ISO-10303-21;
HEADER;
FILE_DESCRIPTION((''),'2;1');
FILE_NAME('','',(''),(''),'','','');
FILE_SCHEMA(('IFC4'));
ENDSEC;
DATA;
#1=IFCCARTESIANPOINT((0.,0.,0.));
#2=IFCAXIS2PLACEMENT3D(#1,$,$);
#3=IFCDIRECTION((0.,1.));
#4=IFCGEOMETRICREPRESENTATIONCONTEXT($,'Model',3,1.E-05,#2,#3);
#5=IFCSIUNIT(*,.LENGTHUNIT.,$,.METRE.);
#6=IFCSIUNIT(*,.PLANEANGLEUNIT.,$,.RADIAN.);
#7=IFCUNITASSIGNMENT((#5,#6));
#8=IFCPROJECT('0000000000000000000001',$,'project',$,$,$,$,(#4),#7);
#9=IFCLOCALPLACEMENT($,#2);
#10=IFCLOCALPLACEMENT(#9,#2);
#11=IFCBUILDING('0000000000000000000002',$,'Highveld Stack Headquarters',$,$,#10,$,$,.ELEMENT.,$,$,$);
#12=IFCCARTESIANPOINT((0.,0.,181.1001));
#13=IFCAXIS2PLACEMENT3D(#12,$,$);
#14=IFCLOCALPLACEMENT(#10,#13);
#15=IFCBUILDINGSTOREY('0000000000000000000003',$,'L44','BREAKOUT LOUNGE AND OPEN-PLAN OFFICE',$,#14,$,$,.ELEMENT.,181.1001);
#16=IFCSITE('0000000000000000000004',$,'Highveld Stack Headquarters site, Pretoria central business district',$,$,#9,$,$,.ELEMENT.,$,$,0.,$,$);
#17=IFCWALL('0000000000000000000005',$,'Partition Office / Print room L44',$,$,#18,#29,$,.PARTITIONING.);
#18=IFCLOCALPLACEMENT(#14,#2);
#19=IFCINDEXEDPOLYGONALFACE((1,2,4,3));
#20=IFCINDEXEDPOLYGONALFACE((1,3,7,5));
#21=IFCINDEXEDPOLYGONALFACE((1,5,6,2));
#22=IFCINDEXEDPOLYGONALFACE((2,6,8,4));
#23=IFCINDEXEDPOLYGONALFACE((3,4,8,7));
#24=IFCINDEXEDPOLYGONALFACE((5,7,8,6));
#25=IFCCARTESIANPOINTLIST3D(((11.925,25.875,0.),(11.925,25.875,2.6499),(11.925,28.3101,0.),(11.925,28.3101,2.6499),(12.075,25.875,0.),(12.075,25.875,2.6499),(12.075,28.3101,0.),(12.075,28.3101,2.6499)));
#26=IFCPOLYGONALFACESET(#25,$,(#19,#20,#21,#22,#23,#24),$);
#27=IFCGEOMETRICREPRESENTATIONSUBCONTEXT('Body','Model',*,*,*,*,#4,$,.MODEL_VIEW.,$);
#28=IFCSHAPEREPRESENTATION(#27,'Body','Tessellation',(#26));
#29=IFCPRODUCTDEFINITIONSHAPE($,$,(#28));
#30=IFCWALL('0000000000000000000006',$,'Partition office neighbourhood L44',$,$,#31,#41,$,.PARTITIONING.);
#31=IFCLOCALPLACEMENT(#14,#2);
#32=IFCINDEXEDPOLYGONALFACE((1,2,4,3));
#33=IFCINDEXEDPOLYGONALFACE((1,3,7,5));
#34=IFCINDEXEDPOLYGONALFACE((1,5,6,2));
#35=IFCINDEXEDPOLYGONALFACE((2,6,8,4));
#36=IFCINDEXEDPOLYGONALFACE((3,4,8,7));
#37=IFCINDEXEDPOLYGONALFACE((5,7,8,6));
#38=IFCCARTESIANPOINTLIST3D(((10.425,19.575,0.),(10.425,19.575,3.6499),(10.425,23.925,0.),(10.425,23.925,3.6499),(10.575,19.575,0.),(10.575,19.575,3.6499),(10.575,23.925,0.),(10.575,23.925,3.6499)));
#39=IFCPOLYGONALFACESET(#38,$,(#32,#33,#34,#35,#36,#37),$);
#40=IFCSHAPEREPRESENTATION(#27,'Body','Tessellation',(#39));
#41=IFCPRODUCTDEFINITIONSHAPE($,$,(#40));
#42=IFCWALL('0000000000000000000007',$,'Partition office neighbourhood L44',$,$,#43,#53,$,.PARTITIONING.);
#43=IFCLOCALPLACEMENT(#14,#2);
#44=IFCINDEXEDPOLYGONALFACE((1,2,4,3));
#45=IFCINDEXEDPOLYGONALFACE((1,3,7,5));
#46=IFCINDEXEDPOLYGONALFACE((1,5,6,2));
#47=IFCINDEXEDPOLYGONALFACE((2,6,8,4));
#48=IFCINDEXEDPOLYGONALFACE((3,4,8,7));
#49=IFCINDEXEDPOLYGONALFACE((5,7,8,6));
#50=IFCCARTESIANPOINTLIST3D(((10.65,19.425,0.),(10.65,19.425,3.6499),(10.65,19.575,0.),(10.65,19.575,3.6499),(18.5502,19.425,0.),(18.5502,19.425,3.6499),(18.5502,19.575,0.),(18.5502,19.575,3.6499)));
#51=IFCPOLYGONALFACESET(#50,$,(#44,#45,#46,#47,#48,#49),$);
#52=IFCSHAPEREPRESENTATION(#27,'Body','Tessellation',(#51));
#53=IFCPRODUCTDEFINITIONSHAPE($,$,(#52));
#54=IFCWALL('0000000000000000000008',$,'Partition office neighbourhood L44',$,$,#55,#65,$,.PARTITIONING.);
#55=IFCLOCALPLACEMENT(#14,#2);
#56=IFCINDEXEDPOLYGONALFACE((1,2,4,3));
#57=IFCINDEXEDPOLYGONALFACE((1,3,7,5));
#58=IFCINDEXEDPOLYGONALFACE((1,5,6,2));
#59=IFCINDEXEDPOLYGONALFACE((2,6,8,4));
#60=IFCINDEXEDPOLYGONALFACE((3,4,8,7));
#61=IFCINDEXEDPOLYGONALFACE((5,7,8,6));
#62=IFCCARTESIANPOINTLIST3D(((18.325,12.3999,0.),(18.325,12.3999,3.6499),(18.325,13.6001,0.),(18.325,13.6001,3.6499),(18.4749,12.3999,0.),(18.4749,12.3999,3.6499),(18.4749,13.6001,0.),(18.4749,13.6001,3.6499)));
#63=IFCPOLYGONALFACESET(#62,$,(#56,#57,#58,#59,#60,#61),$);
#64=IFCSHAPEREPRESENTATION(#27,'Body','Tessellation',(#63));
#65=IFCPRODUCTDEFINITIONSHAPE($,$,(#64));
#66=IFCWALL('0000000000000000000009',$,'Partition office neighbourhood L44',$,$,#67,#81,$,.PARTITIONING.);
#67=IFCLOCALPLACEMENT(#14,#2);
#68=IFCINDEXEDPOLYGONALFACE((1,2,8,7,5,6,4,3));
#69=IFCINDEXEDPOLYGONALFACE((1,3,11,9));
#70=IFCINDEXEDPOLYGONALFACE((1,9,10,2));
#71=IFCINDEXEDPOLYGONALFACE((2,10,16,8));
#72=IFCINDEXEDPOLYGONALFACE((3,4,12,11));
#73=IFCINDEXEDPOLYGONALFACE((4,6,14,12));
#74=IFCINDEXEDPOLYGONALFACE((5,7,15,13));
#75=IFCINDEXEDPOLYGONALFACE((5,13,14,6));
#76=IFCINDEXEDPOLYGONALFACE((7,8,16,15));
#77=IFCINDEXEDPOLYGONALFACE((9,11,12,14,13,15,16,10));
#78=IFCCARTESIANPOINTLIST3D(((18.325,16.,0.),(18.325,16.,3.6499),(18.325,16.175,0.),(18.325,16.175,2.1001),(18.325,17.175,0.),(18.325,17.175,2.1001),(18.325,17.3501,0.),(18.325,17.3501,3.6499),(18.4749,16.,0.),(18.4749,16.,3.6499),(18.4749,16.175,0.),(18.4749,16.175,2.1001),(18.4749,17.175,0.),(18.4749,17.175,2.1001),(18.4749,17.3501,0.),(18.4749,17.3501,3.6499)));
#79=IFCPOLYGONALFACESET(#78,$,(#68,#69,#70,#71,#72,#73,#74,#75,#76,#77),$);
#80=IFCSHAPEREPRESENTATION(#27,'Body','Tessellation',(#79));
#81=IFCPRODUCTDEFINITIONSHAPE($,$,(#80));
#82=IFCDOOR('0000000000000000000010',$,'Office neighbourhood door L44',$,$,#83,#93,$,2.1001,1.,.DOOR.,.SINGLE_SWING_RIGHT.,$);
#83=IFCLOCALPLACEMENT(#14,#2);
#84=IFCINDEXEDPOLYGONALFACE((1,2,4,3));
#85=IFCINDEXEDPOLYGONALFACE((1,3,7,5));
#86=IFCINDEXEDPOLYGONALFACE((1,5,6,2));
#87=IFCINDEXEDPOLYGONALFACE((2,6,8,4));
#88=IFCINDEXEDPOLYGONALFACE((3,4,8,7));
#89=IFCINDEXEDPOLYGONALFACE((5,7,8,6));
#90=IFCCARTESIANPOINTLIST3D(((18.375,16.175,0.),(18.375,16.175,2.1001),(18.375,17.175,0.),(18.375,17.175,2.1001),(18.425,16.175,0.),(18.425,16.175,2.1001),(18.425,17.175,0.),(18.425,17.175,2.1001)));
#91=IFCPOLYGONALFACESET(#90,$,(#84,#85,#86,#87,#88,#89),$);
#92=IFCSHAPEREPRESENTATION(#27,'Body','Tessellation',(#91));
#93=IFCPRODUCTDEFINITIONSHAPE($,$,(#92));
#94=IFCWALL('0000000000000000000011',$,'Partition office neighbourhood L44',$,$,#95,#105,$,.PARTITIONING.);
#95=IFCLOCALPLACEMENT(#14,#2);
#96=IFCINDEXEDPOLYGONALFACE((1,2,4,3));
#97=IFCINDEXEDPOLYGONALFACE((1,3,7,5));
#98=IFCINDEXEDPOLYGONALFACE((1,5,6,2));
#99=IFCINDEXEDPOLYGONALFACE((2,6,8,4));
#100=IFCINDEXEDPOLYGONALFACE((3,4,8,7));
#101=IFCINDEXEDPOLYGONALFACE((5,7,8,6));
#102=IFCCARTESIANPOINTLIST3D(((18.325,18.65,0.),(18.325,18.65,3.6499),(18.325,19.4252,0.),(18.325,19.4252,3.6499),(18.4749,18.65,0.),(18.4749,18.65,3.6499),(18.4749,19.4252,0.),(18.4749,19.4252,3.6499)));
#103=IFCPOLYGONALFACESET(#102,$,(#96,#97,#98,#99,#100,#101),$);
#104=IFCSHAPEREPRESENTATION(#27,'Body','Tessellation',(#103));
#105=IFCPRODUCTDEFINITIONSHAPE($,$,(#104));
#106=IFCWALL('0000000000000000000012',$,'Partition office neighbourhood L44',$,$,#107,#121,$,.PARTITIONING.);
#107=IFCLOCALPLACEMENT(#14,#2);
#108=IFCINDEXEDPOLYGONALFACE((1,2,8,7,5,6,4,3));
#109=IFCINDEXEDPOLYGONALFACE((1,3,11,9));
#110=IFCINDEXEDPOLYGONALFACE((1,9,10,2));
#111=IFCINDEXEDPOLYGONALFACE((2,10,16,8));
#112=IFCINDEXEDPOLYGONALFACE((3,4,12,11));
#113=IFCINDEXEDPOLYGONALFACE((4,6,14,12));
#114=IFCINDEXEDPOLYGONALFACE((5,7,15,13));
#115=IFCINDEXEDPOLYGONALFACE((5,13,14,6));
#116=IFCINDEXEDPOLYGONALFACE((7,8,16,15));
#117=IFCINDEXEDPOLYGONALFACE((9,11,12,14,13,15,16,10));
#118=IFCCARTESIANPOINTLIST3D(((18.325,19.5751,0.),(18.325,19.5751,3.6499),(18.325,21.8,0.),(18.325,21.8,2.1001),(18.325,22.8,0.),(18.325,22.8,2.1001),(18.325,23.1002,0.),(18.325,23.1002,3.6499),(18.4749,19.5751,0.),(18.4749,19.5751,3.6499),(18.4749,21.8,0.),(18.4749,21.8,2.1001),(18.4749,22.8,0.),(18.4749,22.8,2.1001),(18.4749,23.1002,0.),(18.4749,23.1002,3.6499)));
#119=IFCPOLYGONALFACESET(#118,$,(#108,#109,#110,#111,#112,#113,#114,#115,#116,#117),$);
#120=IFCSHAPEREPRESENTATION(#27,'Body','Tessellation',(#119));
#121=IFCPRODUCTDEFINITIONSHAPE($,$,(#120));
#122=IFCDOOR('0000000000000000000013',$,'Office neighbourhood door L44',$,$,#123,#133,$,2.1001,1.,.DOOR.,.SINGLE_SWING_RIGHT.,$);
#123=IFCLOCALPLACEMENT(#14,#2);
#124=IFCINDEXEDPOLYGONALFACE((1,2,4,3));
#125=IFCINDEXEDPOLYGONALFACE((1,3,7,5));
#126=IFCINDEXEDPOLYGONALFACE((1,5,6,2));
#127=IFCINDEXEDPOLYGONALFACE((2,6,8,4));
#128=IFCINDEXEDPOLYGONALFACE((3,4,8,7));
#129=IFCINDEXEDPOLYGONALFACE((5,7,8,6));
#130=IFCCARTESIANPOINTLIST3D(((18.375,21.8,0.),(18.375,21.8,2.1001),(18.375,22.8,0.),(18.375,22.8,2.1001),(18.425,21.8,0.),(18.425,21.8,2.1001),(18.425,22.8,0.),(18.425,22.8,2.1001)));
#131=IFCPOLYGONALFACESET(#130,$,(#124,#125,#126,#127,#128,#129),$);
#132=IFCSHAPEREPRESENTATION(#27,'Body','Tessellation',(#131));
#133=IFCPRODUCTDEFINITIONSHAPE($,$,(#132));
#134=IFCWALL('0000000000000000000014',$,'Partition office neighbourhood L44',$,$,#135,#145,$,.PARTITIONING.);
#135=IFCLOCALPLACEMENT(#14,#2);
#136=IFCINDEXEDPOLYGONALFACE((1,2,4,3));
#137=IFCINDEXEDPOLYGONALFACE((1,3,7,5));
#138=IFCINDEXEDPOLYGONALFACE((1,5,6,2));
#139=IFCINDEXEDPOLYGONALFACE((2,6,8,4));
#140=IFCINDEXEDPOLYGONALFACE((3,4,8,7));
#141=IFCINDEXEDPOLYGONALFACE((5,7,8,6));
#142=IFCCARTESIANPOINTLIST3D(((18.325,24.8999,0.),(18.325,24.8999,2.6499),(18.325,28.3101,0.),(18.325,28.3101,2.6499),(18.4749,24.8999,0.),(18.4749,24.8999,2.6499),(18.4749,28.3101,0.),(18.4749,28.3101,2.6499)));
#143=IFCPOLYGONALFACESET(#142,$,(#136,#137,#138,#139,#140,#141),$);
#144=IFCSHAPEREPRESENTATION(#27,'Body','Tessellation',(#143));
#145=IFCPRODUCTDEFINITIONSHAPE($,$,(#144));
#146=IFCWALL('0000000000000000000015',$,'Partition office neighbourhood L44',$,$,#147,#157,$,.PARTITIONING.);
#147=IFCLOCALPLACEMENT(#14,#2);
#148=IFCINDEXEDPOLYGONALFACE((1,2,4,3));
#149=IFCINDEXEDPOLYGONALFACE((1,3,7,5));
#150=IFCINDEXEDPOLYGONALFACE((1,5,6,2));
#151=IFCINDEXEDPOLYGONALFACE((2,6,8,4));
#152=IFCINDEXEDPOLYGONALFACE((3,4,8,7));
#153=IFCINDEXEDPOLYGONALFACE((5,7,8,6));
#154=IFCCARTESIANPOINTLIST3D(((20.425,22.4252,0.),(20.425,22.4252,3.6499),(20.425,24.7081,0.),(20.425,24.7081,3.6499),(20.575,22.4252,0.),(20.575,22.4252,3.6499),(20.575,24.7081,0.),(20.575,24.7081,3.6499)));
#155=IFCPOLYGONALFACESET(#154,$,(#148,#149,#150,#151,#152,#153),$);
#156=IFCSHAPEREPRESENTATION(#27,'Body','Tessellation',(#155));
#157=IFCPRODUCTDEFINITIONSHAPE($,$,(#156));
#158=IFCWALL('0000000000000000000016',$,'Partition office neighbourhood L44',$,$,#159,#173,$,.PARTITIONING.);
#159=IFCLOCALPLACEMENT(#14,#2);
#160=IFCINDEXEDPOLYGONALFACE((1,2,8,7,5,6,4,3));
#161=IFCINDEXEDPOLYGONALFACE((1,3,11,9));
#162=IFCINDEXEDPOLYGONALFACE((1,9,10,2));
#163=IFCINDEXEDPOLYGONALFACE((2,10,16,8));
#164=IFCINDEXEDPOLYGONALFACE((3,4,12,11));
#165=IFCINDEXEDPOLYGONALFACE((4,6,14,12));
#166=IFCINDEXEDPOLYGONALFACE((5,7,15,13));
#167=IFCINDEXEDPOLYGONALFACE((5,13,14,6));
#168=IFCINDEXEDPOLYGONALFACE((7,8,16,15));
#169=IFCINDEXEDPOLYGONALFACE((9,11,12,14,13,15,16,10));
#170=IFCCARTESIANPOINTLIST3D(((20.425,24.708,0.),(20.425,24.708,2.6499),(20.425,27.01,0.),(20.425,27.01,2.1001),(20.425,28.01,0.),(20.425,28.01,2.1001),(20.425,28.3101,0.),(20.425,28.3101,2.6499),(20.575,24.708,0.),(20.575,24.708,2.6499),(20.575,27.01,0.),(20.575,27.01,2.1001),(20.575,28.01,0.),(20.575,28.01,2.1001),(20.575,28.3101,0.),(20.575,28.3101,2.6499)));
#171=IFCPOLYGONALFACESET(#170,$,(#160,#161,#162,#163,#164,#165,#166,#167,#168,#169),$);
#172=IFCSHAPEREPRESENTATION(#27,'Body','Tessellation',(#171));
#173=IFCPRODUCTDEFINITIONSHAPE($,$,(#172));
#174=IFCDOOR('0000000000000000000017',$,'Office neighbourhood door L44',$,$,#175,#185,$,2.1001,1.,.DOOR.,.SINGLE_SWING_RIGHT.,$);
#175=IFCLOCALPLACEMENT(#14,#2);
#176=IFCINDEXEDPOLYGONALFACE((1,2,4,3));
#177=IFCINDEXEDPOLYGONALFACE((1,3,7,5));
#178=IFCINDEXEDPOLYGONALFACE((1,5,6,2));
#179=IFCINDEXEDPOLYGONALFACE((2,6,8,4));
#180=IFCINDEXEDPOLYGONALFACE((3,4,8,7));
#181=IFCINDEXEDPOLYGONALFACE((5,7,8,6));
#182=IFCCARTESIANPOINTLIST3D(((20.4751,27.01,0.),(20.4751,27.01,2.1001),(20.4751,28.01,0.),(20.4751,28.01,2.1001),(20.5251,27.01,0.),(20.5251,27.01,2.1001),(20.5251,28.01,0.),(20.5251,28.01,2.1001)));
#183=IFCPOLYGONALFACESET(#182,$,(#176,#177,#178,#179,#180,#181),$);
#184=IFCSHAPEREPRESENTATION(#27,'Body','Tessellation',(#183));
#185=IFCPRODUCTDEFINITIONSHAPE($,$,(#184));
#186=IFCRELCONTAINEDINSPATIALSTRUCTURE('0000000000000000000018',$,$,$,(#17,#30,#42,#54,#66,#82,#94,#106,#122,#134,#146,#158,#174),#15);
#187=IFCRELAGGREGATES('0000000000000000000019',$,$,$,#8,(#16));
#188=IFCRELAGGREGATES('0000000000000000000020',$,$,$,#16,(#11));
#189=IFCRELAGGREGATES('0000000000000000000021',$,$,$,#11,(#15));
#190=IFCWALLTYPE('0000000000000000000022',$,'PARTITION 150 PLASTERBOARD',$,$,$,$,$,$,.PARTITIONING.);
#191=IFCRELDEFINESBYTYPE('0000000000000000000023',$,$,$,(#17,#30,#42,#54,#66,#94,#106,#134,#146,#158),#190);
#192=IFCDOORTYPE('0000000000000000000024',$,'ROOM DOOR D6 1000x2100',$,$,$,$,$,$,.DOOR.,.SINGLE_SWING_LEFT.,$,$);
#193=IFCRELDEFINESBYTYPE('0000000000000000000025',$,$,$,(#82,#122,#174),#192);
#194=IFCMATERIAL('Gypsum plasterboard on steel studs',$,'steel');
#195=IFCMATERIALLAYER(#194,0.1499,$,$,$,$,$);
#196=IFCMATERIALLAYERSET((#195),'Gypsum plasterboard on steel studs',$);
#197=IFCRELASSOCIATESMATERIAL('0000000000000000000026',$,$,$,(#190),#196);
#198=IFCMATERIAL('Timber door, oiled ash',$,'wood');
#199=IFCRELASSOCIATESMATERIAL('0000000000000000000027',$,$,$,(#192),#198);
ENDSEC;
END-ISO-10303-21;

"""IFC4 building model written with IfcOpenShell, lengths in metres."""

from ifc_helpers import new_model, si_unit, direction, frame, frame_2d, origin, place, context, subcontext, project, spatial, rectangle, extrude, material, layer, layer_set, type_object, element, fill, save


model = new_model("IFC4")

# Units and contexts
model_context = context("Model", 3, precision=1e-05, world=origin(), true_north=direction((0.0, 1.0)))
body_context = subcontext(model_context, "Body", "Model", "MODEL_VIEW")
ifc_project = project(units=[si_unit("LENGTHUNIT", "METRE"), si_unit("PLANEANGLEUNIT", "RADIAN")], contexts=[model_context])

# Site, building, storey
site_placement = place(None, origin())
site = spatial("IfcSite", under=ifc_project, at=site_placement, Name="Highveld Stack Headquarters site, Pretoria central business district", CompositionType="ELEMENT", RefElevation=0.0)
building_placement = place(site_placement, origin())
building = spatial("IfcBuilding", under=site, at=building_placement, Name="Highveld Stack Headquarters", CompositionType="ELEMENT")
storey_placement = place(building_placement, frame((0.0, 0.0, 181.1001)))
storey = spatial("IfcBuildingStorey", under=building, at=storey_placement, Name="L44", Description="BREAKOUT LOUNGE AND OPEN-PLAN OFFICE", CompositionType="ELEMENT", Elevation=181.1001)

# Shared definitions
ifc_material_1 = material(Name="Gypsum plasterboard on steel studs", Category="steel")
ifc_layer_1 = layer(ifc_material_1, 0.1499)
ifc_layer_set_1 = layer_set([ifc_layer_1], Name="Gypsum plasterboard on steel studs")
wall_type_1 = type_object("IfcWallType", Name="PARTITION 150 PLASTERBOARD", PredefinedType="PARTITIONING", material=ifc_layer_set_1)

# Shared definitions
ifc_material_2 = material(Name="Timber door, oiled ash", Category="wood")
door_type = type_object("IfcDoorType", Name="ROOM DOOR D6 1000x2100", OperationType="SINGLE_SWING_LEFT", PredefinedType="DOOR", material=ifc_material_2)

# Walls
wall_1_placement = place(storey_placement, frame((12.0, 25.875, 0.0), z_axis=(0.0, 0.0, 1.0), x_axis=(0.0, 1.0, 0.0)))
element("IfcWall", 1, at=wall_1_placement, inside=storey, type_object=wall_type_1, Name="Partition Office / Print room L44", PredefinedType="PARTITIONING", context=body_context, shape_type="SweptSolid", body=[
    extrude(rectangle(XDim=2.4351, YDim=0.1499, at=frame_2d((1.2175, 0.0))), origin(), (0.0, 0.0, 1.0), 2.6499),
])
wall_2_placement = place(storey_placement, frame((10.5, 19.575, 0.0), z_axis=(0.0, 0.0, 1.0), x_axis=(0.0, 1.0, 0.0)))
element("IfcWall", 2, at=wall_2_placement, inside=storey, type_object=wall_type_1, Name="Partition office neighbourhood L44", PredefinedType="PARTITIONING", context=body_context, shape_type="SweptSolid", body=[
    extrude(rectangle(XDim=4.3501, YDim=0.1499, at=frame_2d((2.175, 0.0))), origin(), (0.0, 0.0, 1.0), 3.6499),
])
wall_3_placement = place(storey_placement, frame((10.6499, 19.5, 0.0), z_axis=(0.0, 0.0, 1.0), x_axis=(1.0, 0.0, 0.0)))
element("IfcWall", 3, at=wall_3_placement, inside=storey, type_object=wall_type_1, Name="Partition office neighbourhood L44", PredefinedType="PARTITIONING", context=body_context, shape_type="SweptSolid", body=[
    extrude(rectangle(XDim=7.9001, YDim=0.1499, at=frame_2d((3.9502, 0.0))), origin(), (0.0, 0.0, 1.0), 3.6499),
])
wall_4_placement = place(storey_placement, frame((18.3999, 12.3999, 0.0), z_axis=(0.0, 0.0, 1.0), x_axis=(0.0, 1.0, 0.0)))
element("IfcWall", 4, at=wall_4_placement, inside=storey, type_object=wall_type_1, Name="Partition office neighbourhood L44", PredefinedType="PARTITIONING", context=body_context, shape_type="SweptSolid", body=[
    extrude(rectangle(XDim=1.2002, YDim=0.1499, at=frame_2d((0.6001, 0.0))), origin(), (0.0, 0.0, 1.0), 3.6499),
])

# Wall, opening, door
wall_5_placement = place(storey_placement, frame((18.3999, 16.0, 0.0), z_axis=(0.0, 0.0, 1.0), x_axis=(0.0, 1.0, 0.0)))
wall_5 = element("IfcWall", 5, at=wall_5_placement, inside=storey, type_object=wall_type_1, Name="Partition office neighbourhood L44", PredefinedType="PARTITIONING", context=body_context, shape_type="SweptSolid", body=[
    extrude(rectangle(XDim=1.3501, YDim=0.1499, at=frame_2d((0.675, 0.0))), origin(), (0.0, 0.0, 1.0), 3.6499),
])
opening_1_placement = place(wall_5_placement, frame((0.175, 0.0, 0.0)))
opening_1 = element("IfcOpeningElement", 6, at=opening_1_placement, cuts=wall_5, PredefinedType="OPENING", context=body_context, shape_type="SweptSolid", body=[
    extrude(rectangle(XDim=1.0, YDim=2.1001, at=frame_2d((0.5, 1.05))), frame((0.0, 0.085, 0.0), z_axis=(0.0, -1.0, 0.0), x_axis=(1.0, 0.0, 0.0)), (0.0, 0.0, 1.0), 0.1699),
])
door_1_placement = place(opening_1_placement, origin())
door_1 = element("IfcDoor", 7, at=door_1_placement, inside=storey, type_object=door_type, Name="Office neighbourhood door L44", OperationType="SINGLE_SWING_RIGHT", OverallHeight=2.1001, OverallWidth=1.0, PredefinedType="DOOR", context=body_context, shape_type="SweptSolid", body=[
    extrude(rectangle(XDim=1.0, YDim=2.1001, at=frame_2d((0.5, 1.05))), frame((0.0, 0.0249, 0.0), z_axis=(0.0, -1.0, 0.0), x_axis=(1.0, 0.0, 0.0)), (0.0, 0.0, 1.0), 0.05),
])
fill(opening_1, door_1)

# Wall
wall_6_placement = place(storey_placement, frame((18.3999, 18.6499, 0.0), z_axis=(0.0, 0.0, 1.0), x_axis=(0.0, 1.0, 0.0)))
element("IfcWall", 8, at=wall_6_placement, inside=storey, type_object=wall_type_1, Name="Partition office neighbourhood L44", PredefinedType="PARTITIONING", context=body_context, shape_type="SweptSolid", body=[
    extrude(rectangle(XDim=0.7751, YDim=0.1499, at=frame_2d((0.3877, 0.0))), origin(), (0.0, 0.0, 1.0), 3.6499),
])

# Wall, opening, door
wall_7_placement = place(storey_placement, frame((18.3999, 19.575, 0.0), z_axis=(0.0, 0.0, 1.0), x_axis=(0.0, 1.0, 0.0)))
wall_7 = element("IfcWall", 9, at=wall_7_placement, inside=storey, type_object=wall_type_1, Name="Partition office neighbourhood L44", PredefinedType="PARTITIONING", context=body_context, shape_type="SweptSolid", body=[
    extrude(rectangle(XDim=3.5251, YDim=0.1499, at=frame_2d((1.7627, 0.0))), origin(), (0.0, 0.0, 1.0), 3.6499),
])
opening_2_placement = place(wall_7_placement, frame((2.2251, 0.0, 0.0)))
opening_2 = element("IfcOpeningElement", 10, at=opening_2_placement, cuts=wall_7, PredefinedType="OPENING", context=body_context, shape_type="SweptSolid", body=[
    extrude(rectangle(XDim=1.0, YDim=2.1001, at=frame_2d((0.5, 1.05))), frame((0.0, 0.085, 0.0), z_axis=(0.0, -1.0, 0.0), x_axis=(1.0, 0.0, 0.0)), (0.0, 0.0, 1.0), 0.1699),
])
door_2_placement = place(opening_2_placement, origin())
door_2 = element("IfcDoor", 11, at=door_2_placement, inside=storey, type_object=door_type, Name="Office neighbourhood door L44", OperationType="SINGLE_SWING_RIGHT", OverallHeight=2.1001, OverallWidth=1.0, PredefinedType="DOOR", context=body_context, shape_type="SweptSolid", body=[
    extrude(rectangle(XDim=1.0, YDim=2.1001, at=frame_2d((0.5, 1.05))), frame((0.0, 0.0249, 0.0), z_axis=(0.0, -1.0, 0.0), x_axis=(1.0, 0.0, 0.0)), (0.0, 0.0, 1.0), 0.05),
])
fill(opening_2, door_2)

# Walls
wall_8_placement = place(storey_placement, frame((18.3999, 24.8999, 0.0), z_axis=(0.0, 0.0, 1.0), x_axis=(0.0, 1.0, 0.0)))
element("IfcWall", 12, at=wall_8_placement, inside=storey, type_object=wall_type_1, Name="Partition office neighbourhood L44", PredefinedType="PARTITIONING", context=body_context, shape_type="SweptSolid", body=[
    extrude(rectangle(XDim=3.4102, YDim=0.1499, at=frame_2d((1.7051, 0.0))), origin(), (0.0, 0.0, 1.0), 2.6499),
])
wall_9_placement = place(storey_placement, frame((20.5, 22.425, 0.0), z_axis=(0.0, 0.0, 1.0), x_axis=(0.0, 1.0, 0.0)))
element("IfcWall", 13, at=wall_9_placement, inside=storey, type_object=wall_type_1, Name="Partition office neighbourhood L44", PredefinedType="PARTITIONING", context=body_context, shape_type="SweptSolid", body=[
    extrude(rectangle(XDim=2.283, YDim=0.1499, at=frame_2d((1.1416, 0.0))), origin(), (0.0, 0.0, 1.0), 3.6499),
])

# Wall, opening, door
wall_10_placement = place(storey_placement, frame((20.5, 24.708, 0.0), z_axis=(0.0, 0.0, 1.0), x_axis=(0.0, 1.0, 0.0)))
wall_10 = element("IfcWall", 14, at=wall_10_placement, inside=storey, type_object=wall_type_1, Name="Partition office neighbourhood L44", PredefinedType="PARTITIONING", context=body_context, shape_type="SweptSolid", body=[
    extrude(rectangle(XDim=3.6021, YDim=0.1499, at=frame_2d((1.801, 0.0))), origin(), (0.0, 0.0, 1.0), 2.6499),
])
opening_3_placement = place(wall_10_placement, frame((2.302, 0.0, 0.0)))
opening_3 = element("IfcOpeningElement", 15, at=opening_3_placement, cuts=wall_10, PredefinedType="OPENING", context=body_context, shape_type="SweptSolid", body=[
    extrude(rectangle(XDim=1.0, YDim=2.1001, at=frame_2d((0.5, 1.05))), frame((0.0, 0.085, 0.0), z_axis=(0.0, -1.0, 0.0), x_axis=(1.0, 0.0, 0.0)), (0.0, 0.0, 1.0), 0.1699),
])
door_3_placement = place(opening_3_placement, origin())
door_3 = element("IfcDoor", 16, at=door_3_placement, inside=storey, type_object=door_type, Name="Office neighbourhood door L44", OperationType="SINGLE_SWING_RIGHT", OverallHeight=2.1001, OverallWidth=1.0, PredefinedType="DOOR", context=body_context, shape_type="SweptSolid", body=[
    extrude(rectangle(XDim=1.0, YDim=2.1001, at=frame_2d((0.5, 1.05))), frame((0.0, 0.0249, 0.0), z_axis=(0.0, -1.0, 0.0), x_axis=(1.0, 0.0, 0.0)), (0.0, 0.0, 1.0), 0.05),
])
fill(opening_3, door_3)

save(model, "model.ifc")
